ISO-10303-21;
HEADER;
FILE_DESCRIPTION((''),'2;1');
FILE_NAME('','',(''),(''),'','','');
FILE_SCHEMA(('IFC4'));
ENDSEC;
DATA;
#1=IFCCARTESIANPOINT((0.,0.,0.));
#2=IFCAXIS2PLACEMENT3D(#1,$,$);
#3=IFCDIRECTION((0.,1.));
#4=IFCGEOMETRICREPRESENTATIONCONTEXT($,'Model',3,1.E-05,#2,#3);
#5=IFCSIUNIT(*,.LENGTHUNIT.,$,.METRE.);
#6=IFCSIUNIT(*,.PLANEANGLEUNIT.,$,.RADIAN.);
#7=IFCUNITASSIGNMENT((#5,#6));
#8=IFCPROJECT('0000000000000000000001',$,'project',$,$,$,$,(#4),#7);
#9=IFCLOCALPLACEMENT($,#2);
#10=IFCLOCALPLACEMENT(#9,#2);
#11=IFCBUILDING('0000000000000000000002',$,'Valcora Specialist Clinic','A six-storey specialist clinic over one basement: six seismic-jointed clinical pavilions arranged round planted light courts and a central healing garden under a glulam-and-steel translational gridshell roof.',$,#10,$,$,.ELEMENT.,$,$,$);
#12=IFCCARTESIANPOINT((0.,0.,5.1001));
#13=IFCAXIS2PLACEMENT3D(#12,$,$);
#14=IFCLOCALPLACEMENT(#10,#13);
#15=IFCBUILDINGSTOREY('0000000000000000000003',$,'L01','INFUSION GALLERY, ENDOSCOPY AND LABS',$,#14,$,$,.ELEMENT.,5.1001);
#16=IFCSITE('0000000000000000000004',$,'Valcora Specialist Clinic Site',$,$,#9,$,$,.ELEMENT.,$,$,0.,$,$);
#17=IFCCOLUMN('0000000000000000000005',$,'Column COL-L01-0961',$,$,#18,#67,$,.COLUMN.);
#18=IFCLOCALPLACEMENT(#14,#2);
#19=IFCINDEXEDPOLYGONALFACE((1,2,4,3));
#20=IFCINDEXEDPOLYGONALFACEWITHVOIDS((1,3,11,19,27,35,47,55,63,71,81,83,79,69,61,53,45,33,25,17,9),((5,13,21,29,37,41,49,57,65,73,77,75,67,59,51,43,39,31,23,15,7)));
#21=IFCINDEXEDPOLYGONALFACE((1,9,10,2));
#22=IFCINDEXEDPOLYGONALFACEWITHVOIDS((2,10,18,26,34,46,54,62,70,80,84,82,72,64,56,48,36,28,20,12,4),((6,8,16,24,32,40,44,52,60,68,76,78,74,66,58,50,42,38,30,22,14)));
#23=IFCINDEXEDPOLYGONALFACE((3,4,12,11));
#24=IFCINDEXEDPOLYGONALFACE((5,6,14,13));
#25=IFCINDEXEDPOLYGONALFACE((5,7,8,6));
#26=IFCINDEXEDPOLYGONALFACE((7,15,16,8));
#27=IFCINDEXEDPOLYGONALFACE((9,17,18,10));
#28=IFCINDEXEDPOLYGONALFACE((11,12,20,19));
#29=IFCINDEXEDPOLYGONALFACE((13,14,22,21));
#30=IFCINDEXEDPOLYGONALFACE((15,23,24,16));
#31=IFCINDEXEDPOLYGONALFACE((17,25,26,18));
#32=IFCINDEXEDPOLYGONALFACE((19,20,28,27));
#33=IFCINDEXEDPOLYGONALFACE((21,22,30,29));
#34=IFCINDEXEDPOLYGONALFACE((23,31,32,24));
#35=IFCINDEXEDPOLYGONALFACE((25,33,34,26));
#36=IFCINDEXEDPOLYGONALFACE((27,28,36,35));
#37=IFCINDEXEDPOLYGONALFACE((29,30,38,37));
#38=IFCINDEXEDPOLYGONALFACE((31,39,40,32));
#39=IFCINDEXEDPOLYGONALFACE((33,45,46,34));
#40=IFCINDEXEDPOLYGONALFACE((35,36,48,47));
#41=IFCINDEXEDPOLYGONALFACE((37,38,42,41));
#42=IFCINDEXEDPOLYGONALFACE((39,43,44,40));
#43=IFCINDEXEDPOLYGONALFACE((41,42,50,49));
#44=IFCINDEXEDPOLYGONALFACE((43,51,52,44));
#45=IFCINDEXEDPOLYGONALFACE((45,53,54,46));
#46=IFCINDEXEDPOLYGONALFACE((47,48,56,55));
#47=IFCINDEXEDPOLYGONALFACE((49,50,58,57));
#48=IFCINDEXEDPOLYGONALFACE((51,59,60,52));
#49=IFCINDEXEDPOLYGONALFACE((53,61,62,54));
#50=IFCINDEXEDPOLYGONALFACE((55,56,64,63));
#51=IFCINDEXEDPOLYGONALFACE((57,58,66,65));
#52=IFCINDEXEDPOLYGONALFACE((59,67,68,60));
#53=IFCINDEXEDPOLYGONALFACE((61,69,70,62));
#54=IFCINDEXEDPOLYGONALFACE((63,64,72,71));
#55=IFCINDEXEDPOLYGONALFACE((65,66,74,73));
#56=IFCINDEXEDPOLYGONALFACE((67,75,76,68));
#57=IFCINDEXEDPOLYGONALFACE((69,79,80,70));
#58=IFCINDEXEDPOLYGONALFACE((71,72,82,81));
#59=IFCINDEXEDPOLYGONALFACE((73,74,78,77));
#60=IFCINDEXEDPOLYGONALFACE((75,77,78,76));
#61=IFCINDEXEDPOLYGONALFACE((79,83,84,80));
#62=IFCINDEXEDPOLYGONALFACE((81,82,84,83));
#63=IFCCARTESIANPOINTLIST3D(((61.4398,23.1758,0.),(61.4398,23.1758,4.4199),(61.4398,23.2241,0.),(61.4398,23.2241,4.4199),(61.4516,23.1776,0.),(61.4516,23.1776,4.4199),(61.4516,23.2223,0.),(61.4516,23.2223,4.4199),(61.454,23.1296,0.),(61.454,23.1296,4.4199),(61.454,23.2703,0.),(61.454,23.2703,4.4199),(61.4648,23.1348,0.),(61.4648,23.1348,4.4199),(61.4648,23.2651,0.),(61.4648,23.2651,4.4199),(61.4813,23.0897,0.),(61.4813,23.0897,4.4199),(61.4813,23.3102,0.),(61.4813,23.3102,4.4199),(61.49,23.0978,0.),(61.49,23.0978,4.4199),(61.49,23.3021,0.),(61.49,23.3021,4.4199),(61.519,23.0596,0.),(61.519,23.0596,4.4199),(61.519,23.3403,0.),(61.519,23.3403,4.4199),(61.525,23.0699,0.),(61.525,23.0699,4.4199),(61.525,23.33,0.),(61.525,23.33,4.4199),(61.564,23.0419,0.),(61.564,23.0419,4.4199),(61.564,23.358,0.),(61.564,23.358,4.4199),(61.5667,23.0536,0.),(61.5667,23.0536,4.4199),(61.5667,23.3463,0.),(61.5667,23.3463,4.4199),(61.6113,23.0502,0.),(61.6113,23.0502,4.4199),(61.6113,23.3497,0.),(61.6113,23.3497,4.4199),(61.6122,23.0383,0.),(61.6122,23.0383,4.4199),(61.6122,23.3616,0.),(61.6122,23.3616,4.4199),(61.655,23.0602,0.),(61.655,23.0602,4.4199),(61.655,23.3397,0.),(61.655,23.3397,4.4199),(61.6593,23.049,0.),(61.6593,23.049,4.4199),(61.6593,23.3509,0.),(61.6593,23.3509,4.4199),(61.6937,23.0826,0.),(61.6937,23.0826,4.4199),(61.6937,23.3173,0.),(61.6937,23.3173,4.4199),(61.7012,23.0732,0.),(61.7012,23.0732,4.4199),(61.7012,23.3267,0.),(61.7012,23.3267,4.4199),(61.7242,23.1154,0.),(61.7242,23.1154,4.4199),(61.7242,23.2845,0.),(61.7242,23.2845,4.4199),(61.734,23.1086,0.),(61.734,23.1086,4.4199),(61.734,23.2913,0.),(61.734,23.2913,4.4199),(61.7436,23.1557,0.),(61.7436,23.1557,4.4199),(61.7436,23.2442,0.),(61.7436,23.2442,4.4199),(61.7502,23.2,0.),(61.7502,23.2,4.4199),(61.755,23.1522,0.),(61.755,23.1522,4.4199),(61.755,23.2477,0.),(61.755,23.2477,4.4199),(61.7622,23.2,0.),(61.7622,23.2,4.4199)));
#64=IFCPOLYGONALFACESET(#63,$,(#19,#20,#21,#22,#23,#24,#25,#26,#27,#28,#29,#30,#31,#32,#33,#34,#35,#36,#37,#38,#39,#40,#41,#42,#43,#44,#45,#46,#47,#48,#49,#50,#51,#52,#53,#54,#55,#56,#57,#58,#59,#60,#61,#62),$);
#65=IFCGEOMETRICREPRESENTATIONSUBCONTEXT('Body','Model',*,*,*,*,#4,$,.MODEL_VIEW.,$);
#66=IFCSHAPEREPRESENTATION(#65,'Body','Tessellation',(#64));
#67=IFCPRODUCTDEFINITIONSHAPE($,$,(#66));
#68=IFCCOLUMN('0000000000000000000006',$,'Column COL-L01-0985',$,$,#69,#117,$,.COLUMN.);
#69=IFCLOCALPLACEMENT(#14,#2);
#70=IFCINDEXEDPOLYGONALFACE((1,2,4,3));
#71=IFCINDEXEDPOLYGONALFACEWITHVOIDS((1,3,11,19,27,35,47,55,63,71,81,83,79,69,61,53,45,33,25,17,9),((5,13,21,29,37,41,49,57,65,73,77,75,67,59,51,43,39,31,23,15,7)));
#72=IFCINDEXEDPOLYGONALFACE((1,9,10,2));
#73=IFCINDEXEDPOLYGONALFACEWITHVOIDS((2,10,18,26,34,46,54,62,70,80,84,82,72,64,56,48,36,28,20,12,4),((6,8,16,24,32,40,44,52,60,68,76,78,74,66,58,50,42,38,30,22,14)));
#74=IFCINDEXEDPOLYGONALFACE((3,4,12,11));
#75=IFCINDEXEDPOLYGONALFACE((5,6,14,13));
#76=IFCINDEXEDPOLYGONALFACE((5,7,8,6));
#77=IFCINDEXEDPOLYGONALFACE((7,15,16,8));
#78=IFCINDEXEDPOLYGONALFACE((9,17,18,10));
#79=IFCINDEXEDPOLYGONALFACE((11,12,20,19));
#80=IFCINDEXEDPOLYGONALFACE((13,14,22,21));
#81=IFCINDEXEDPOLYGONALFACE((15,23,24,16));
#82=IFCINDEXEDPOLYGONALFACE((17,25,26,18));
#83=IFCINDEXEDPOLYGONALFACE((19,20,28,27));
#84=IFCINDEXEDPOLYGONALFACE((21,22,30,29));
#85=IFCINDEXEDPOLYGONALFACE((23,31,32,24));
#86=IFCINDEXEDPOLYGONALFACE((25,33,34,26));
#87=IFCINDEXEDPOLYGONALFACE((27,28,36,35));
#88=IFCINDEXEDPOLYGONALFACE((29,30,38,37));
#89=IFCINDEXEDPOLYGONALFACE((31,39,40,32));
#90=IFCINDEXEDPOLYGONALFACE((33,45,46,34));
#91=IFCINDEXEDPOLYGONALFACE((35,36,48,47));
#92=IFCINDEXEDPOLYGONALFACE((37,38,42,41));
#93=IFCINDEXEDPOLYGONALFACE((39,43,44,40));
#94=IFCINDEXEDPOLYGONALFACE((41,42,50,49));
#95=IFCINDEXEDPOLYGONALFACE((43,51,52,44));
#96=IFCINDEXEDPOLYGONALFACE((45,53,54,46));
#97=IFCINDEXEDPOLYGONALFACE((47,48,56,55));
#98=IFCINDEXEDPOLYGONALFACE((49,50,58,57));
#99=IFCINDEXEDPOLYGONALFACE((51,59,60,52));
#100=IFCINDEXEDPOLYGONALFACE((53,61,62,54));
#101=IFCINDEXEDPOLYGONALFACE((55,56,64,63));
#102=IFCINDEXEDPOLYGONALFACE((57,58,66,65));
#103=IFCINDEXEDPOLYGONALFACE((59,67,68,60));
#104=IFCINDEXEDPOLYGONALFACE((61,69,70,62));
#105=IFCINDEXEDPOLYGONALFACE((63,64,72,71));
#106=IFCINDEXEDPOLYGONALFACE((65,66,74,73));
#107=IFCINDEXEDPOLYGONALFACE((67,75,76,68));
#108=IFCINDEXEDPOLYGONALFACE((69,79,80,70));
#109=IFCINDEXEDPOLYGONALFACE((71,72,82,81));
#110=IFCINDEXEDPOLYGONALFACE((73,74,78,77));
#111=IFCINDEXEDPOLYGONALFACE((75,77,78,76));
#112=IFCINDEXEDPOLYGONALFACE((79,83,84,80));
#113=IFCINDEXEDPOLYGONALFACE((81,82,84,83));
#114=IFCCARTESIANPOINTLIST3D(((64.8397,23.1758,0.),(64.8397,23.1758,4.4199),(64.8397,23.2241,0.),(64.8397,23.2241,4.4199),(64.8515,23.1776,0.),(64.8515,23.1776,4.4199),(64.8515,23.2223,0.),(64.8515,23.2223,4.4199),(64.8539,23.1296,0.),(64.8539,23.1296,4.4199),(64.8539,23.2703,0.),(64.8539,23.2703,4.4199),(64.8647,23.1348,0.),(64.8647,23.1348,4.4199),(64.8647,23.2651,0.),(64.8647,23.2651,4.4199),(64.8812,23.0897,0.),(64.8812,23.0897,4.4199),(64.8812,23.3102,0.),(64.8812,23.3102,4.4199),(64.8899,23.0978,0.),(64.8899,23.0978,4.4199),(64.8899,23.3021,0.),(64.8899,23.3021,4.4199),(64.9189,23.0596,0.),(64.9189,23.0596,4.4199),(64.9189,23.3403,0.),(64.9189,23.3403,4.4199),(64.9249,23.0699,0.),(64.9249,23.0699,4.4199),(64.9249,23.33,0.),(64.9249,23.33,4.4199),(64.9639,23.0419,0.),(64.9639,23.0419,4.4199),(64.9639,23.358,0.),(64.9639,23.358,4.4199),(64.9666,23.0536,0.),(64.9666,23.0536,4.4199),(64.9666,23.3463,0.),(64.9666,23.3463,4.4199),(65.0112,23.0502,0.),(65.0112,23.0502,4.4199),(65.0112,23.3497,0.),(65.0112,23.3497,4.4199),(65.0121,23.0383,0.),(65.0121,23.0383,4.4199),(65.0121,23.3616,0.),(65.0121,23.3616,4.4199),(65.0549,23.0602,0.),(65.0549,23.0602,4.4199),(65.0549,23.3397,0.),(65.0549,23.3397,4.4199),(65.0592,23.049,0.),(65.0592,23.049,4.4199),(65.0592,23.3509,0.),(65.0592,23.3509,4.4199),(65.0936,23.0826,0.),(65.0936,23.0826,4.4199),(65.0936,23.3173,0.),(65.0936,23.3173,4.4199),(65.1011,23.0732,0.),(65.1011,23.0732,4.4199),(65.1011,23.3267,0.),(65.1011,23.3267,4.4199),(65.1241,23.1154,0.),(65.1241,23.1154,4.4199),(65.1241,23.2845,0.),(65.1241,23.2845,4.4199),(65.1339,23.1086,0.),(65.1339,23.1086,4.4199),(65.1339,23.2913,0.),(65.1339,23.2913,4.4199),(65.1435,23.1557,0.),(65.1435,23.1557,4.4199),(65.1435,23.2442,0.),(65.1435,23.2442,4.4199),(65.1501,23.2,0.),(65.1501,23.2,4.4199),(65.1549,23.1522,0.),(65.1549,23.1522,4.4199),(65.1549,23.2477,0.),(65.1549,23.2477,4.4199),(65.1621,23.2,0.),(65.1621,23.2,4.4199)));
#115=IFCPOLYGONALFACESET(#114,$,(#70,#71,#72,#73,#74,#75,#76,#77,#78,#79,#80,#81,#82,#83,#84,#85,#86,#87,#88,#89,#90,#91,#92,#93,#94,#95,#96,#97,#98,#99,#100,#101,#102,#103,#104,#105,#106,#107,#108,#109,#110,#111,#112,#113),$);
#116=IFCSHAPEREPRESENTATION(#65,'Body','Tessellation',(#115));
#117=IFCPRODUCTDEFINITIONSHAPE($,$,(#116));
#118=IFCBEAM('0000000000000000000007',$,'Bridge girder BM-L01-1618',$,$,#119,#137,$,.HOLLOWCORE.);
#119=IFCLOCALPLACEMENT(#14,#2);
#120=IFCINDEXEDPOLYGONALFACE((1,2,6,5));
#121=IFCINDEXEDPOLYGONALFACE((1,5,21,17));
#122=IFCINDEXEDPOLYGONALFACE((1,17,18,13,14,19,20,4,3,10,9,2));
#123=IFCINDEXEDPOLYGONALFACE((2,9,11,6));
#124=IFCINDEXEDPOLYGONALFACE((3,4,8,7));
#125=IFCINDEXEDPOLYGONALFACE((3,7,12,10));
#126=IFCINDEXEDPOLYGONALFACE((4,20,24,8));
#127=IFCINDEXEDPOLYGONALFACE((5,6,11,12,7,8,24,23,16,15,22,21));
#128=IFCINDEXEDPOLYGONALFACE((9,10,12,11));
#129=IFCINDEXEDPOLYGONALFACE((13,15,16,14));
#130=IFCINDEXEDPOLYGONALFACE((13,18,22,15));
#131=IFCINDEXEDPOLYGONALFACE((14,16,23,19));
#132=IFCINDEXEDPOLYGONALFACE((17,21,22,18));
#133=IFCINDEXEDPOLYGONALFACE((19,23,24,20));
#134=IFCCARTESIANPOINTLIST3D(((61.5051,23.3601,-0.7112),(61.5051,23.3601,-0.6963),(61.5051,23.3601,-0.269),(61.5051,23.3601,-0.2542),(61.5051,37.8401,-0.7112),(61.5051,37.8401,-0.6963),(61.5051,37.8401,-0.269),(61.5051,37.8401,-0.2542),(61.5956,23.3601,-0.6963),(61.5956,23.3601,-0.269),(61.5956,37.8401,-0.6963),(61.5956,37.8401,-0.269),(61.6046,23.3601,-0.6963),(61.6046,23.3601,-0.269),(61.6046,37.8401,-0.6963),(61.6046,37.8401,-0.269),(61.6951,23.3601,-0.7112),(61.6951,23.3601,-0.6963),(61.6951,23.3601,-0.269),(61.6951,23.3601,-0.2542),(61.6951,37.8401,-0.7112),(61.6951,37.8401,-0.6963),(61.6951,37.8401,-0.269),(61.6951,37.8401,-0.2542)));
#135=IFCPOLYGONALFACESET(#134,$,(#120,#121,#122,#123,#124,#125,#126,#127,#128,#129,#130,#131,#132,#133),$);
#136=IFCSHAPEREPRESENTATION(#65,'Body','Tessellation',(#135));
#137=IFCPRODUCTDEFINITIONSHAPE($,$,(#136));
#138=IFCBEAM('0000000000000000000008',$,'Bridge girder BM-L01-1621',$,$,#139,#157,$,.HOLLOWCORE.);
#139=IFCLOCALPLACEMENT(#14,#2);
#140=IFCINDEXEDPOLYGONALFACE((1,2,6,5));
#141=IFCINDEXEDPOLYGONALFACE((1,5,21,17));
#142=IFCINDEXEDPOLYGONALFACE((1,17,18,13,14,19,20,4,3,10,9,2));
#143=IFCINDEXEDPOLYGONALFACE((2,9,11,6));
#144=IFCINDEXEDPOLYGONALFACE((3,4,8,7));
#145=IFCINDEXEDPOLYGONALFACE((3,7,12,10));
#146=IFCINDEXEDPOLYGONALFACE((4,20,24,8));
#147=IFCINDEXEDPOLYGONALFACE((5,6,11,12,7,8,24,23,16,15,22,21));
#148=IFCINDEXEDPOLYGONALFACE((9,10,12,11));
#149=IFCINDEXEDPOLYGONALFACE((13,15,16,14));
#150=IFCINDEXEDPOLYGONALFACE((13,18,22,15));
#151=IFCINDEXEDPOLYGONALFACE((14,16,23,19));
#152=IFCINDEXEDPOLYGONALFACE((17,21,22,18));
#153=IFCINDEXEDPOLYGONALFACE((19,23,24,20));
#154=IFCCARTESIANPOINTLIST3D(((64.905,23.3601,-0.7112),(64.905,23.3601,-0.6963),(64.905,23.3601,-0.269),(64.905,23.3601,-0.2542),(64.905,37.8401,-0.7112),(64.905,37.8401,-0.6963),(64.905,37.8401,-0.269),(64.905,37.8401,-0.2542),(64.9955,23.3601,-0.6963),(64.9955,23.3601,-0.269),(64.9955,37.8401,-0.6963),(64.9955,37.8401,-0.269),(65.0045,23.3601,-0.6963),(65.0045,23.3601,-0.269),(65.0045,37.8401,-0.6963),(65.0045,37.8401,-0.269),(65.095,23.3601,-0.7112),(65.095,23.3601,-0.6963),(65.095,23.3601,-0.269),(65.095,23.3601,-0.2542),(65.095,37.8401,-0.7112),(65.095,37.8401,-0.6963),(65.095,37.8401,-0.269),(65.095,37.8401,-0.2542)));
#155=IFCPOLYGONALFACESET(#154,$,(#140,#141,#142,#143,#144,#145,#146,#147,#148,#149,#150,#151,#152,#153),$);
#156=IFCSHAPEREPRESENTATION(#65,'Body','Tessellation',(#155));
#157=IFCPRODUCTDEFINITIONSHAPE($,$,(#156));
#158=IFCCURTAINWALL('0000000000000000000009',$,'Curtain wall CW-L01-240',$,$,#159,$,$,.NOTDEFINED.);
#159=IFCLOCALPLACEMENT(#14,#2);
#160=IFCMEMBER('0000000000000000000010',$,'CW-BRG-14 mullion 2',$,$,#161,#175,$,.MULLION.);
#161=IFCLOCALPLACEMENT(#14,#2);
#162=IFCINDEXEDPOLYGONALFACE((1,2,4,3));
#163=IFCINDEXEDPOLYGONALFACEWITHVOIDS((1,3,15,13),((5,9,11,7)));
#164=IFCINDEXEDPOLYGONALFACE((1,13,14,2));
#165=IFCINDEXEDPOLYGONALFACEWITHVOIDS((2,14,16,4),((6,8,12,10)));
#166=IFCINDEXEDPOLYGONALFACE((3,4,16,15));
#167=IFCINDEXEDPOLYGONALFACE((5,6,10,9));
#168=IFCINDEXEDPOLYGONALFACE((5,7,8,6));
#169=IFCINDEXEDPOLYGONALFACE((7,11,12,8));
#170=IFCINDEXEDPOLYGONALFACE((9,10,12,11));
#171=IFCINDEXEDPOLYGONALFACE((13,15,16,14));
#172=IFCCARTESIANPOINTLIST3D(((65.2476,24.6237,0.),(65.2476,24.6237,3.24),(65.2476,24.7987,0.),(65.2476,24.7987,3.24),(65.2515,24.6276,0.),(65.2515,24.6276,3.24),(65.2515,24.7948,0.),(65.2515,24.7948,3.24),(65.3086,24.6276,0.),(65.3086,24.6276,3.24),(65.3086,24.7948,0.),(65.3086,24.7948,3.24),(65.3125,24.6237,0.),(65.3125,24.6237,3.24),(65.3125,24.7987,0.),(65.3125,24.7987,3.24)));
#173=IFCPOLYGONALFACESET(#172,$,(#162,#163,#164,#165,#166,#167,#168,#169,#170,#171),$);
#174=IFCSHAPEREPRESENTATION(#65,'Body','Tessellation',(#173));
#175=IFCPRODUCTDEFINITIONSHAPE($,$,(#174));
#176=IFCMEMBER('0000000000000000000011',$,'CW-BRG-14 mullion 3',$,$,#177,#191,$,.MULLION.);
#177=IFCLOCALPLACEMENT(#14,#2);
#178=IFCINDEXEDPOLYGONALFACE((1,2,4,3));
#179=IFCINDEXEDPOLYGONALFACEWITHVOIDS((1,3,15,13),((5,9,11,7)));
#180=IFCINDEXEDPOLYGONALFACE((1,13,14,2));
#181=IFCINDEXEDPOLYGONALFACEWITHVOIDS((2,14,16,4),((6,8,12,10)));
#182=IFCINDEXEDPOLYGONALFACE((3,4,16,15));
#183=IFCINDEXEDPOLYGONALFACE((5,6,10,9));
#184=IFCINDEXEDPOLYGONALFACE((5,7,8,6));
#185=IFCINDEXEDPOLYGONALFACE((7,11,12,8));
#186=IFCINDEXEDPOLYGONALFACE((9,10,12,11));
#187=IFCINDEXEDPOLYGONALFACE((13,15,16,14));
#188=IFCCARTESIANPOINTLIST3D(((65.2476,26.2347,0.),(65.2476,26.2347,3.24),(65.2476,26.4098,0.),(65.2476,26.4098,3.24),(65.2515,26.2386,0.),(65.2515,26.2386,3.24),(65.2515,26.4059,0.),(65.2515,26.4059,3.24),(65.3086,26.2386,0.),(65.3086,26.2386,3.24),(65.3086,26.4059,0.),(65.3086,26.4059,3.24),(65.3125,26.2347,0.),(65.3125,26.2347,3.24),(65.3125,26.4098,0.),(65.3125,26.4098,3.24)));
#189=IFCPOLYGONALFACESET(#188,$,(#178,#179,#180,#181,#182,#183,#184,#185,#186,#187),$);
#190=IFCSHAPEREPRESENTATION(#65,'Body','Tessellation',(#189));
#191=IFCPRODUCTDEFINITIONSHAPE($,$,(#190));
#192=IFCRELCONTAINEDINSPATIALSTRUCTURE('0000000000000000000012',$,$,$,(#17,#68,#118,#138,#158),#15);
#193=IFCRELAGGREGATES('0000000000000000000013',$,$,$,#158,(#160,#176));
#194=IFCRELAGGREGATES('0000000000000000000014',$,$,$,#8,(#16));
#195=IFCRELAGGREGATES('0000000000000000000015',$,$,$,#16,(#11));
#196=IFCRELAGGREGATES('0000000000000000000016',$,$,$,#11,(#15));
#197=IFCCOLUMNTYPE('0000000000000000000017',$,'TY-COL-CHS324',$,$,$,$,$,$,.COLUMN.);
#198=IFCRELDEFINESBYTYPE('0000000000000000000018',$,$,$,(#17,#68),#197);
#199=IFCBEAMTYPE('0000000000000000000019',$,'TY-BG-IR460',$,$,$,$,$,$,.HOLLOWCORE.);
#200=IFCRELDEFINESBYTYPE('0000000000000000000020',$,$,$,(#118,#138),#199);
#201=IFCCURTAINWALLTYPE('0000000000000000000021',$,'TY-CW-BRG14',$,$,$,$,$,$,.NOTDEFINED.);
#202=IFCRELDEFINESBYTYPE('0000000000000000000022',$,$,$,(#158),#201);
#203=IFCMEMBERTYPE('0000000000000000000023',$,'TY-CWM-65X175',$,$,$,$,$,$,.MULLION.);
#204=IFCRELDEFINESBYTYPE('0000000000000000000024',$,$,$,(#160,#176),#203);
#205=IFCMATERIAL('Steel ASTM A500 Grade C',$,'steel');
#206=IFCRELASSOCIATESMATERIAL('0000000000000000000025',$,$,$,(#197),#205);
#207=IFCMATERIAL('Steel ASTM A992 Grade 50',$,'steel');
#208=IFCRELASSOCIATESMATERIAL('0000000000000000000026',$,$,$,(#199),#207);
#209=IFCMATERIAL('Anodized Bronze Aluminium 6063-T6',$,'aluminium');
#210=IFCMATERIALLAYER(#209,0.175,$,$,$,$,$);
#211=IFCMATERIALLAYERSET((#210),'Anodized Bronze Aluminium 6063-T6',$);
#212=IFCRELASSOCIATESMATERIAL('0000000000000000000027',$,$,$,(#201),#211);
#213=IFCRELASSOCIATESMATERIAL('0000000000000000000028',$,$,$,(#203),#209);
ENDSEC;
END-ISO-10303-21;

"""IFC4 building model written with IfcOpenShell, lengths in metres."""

from ifc_helpers import new_model, si_unit, direction, frame, origin, origin_2d, place, context, subcontext, project, spatial, hollow_rectangle, hollow_circle, i_section, extrude, material, layer, layer_set, material_profile, profile_set, type_object, element, aggregate, save


model = new_model("IFC4")

# Units and contexts
model_context = context("Model", 3, precision=1e-05, world=origin(), true_north=direction((0.0, 1.0)))
body_context = subcontext(model_context, "Body", "Model", "MODEL_VIEW")
ifc_project = project(units=[si_unit("LENGTHUNIT", "METRE"), si_unit("PLANEANGLEUNIT", "RADIAN")], contexts=[model_context])

# Site, building, storey
site_placement = place(None, origin())
site = spatial("IfcSite", under=ifc_project, at=site_placement, Name="Valcora Specialist Clinic Site", CompositionType="ELEMENT", RefElevation=0.0)
building_placement = place(site_placement, origin())
building = spatial("IfcBuilding", under=site, at=building_placement, Name="Valcora Specialist Clinic", Description="A six-storey specialist clinic over one basement: six seismic-jointed clinical pavilions arranged round planted light courts and a central healing garden under a glulam-and-steel translational gridshell roof.", CompositionType="ELEMENT")
storey_placement = place(building_placement, frame((0.0, 0.0, 5.1001)))
storey = spatial("IfcBuildingStorey", under=building, at=storey_placement, Name="L01", Description="INFUSION GALLERY, ENDOSCOPY AND LABS", CompositionType="ELEMENT", Elevation=5.1001)

# Columns
ifc_material_1 = material(Name="Steel ASTM A500 Grade C", Category="steel")
ifc_material_profile_1 = material_profile(ifc_material_1, hollow_circle(Radius=0.1621, WallThickness=0.012, at=origin_2d()), Name="ST-CHS-324X12")
ifc_profile_set_1 = profile_set([ifc_material_profile_1], Name="Steel ASTM A500 Grade C")
column_type = type_object("IfcColumnType", Name="TY-COL-CHS324", PredefinedType="COLUMN", material=ifc_profile_set_1)
for number, where, z_axis, x_axis, name in (
    (1, (61.6001, 23.2, 0.0), (0.0, 0.0, 1.0), (1.0, 0.0, 0.0), "Column COL-L01-0961"),
    (2, (65.0, 23.2, 0.0), (0.0, 0.0, 1.0), (1.0, 0.0, 0.0), "Column COL-L01-0985"),
):
    element("IfcColumn", number, at=place(storey_placement, frame(where, z_axis=z_axis, x_axis=x_axis)), inside=storey, type_object=column_type, Name=name, PredefinedType="COLUMN", context=body_context, shape_type="SweptSolid", body=[
        extrude(hollow_circle(Radius=0.1621, WallThickness=0.012, at=origin_2d()), origin(), (0.0, 0.0, 1.0), 4.4199),
    ])

# Beams
ifc_material_2 = material(Name="Steel ASTM A992 Grade 50", Category="steel")
ifc_material_profile_2 = material_profile(ifc_material_2, i_section(OverallWidth=0.1899, OverallDepth=0.457, WebThickness=0.009, FlangeThickness=0.0149, at=origin_2d()), Name="ST-IR-460X190")
ifc_profile_set_2 = profile_set([ifc_material_profile_2], Name="Steel ASTM A992 Grade 50")
beam_type = type_object("IfcBeamType", Name="TY-BG-IR460", PredefinedType="HOLLOWCORE", material=ifc_profile_set_2)
for number, where, z_axis, x_axis, name in (
    (3, (61.6001, 23.3601, -0.4827), (0.0, 1.0, 0.0), (-1.0, 0.0, 0.0), "Bridge girder BM-L01-1618"),
    (4, (65.0, 23.3601, -0.4827), (0.0, 1.0, 0.0), (-1.0, 0.0, 0.0), "Bridge girder BM-L01-1621"),
):
    element("IfcBeam", number, at=place(storey_placement, frame(where, z_axis=z_axis, x_axis=x_axis)), inside=storey, type_object=beam_type, Name=name, PredefinedType="HOLLOWCORE", context=body_context, shape_type="SweptSolid", body=[
        extrude(i_section(OverallWidth=0.1899, OverallDepth=0.457, WebThickness=0.009, FlangeThickness=0.0149, at=origin_2d()), origin(), (0.0, 0.0, 1.0), 14.48),
    ])

# Curtain wall, members
ifc_material_3 = material(Name="Anodized Bronze Aluminium 6063-T6", Category="aluminium")
ifc_layer_1 = layer(ifc_material_3, 0.175)
ifc_layer_set_1 = layer_set([ifc_layer_1], Name="Anodized Bronze Aluminium 6063-T6")
curtain_wall_type = type_object("IfcCurtainWallType", Name="TY-CW-BRG14", PredefinedType="NOTDEFINED", material=ifc_layer_set_1)
curtain_wall_1_placement = place(storey_placement, origin())
curtain_wall_1 = element("IfcCurtainWall", 5, at=curtain_wall_1_placement, inside=storey, type_object=curtain_wall_type, Name="Curtain wall CW-L01-240", PredefinedType="NOTDEFINED")
ifc_material_profile_3 = material_profile(ifc_material_3, hollow_rectangle(XDim=0.0649, YDim=0.175, WallThickness=0.0039, at=origin_2d()), Name="AL-MUL-65X175")
ifc_profile_set_3 = profile_set([ifc_material_profile_3], Name="Anodized Bronze Aluminium 6063-T6")
member_type_1 = type_object("IfcMemberType", Name="TY-CWM-65X175", PredefinedType="MULLION", material=ifc_profile_set_3)
member_1_placement = place(storey_placement, frame((65.28, 24.7112, 0.0), z_axis=(0.0, 0.0, 1.0), x_axis=(-1.0, 0.0, 0.0)))
member_1 = element("IfcMember", 6, at=member_1_placement, type_object=member_type_1, Name="CW-BRG-14 mullion 2", PredefinedType="MULLION", context=body_context, shape_type="SweptSolid", body=[
    extrude(hollow_rectangle(XDim=0.0649, YDim=0.175, WallThickness=0.0039, at=origin_2d()), origin(), (0.0, 0.0, 1.0), 3.24),
])
member_2_placement = place(storey_placement, frame((65.28, 26.3223, 0.0), z_axis=(0.0, 0.0, 1.0), x_axis=(-1.0, 0.0, 0.0)))
member_2 = element("IfcMember", 7, at=member_2_placement, type_object=member_type_1, Name="CW-BRG-14 mullion 3", PredefinedType="MULLION", context=body_context, shape_type="SweptSolid", body=[
    extrude(hollow_rectangle(XDim=0.0649, YDim=0.175, WallThickness=0.0039, at=origin_2d()), origin(), (0.0, 0.0, 1.0), 3.24),
])

aggregate(curtain_wall_1, [member_1, member_2])

save(model, "model.ifc")
